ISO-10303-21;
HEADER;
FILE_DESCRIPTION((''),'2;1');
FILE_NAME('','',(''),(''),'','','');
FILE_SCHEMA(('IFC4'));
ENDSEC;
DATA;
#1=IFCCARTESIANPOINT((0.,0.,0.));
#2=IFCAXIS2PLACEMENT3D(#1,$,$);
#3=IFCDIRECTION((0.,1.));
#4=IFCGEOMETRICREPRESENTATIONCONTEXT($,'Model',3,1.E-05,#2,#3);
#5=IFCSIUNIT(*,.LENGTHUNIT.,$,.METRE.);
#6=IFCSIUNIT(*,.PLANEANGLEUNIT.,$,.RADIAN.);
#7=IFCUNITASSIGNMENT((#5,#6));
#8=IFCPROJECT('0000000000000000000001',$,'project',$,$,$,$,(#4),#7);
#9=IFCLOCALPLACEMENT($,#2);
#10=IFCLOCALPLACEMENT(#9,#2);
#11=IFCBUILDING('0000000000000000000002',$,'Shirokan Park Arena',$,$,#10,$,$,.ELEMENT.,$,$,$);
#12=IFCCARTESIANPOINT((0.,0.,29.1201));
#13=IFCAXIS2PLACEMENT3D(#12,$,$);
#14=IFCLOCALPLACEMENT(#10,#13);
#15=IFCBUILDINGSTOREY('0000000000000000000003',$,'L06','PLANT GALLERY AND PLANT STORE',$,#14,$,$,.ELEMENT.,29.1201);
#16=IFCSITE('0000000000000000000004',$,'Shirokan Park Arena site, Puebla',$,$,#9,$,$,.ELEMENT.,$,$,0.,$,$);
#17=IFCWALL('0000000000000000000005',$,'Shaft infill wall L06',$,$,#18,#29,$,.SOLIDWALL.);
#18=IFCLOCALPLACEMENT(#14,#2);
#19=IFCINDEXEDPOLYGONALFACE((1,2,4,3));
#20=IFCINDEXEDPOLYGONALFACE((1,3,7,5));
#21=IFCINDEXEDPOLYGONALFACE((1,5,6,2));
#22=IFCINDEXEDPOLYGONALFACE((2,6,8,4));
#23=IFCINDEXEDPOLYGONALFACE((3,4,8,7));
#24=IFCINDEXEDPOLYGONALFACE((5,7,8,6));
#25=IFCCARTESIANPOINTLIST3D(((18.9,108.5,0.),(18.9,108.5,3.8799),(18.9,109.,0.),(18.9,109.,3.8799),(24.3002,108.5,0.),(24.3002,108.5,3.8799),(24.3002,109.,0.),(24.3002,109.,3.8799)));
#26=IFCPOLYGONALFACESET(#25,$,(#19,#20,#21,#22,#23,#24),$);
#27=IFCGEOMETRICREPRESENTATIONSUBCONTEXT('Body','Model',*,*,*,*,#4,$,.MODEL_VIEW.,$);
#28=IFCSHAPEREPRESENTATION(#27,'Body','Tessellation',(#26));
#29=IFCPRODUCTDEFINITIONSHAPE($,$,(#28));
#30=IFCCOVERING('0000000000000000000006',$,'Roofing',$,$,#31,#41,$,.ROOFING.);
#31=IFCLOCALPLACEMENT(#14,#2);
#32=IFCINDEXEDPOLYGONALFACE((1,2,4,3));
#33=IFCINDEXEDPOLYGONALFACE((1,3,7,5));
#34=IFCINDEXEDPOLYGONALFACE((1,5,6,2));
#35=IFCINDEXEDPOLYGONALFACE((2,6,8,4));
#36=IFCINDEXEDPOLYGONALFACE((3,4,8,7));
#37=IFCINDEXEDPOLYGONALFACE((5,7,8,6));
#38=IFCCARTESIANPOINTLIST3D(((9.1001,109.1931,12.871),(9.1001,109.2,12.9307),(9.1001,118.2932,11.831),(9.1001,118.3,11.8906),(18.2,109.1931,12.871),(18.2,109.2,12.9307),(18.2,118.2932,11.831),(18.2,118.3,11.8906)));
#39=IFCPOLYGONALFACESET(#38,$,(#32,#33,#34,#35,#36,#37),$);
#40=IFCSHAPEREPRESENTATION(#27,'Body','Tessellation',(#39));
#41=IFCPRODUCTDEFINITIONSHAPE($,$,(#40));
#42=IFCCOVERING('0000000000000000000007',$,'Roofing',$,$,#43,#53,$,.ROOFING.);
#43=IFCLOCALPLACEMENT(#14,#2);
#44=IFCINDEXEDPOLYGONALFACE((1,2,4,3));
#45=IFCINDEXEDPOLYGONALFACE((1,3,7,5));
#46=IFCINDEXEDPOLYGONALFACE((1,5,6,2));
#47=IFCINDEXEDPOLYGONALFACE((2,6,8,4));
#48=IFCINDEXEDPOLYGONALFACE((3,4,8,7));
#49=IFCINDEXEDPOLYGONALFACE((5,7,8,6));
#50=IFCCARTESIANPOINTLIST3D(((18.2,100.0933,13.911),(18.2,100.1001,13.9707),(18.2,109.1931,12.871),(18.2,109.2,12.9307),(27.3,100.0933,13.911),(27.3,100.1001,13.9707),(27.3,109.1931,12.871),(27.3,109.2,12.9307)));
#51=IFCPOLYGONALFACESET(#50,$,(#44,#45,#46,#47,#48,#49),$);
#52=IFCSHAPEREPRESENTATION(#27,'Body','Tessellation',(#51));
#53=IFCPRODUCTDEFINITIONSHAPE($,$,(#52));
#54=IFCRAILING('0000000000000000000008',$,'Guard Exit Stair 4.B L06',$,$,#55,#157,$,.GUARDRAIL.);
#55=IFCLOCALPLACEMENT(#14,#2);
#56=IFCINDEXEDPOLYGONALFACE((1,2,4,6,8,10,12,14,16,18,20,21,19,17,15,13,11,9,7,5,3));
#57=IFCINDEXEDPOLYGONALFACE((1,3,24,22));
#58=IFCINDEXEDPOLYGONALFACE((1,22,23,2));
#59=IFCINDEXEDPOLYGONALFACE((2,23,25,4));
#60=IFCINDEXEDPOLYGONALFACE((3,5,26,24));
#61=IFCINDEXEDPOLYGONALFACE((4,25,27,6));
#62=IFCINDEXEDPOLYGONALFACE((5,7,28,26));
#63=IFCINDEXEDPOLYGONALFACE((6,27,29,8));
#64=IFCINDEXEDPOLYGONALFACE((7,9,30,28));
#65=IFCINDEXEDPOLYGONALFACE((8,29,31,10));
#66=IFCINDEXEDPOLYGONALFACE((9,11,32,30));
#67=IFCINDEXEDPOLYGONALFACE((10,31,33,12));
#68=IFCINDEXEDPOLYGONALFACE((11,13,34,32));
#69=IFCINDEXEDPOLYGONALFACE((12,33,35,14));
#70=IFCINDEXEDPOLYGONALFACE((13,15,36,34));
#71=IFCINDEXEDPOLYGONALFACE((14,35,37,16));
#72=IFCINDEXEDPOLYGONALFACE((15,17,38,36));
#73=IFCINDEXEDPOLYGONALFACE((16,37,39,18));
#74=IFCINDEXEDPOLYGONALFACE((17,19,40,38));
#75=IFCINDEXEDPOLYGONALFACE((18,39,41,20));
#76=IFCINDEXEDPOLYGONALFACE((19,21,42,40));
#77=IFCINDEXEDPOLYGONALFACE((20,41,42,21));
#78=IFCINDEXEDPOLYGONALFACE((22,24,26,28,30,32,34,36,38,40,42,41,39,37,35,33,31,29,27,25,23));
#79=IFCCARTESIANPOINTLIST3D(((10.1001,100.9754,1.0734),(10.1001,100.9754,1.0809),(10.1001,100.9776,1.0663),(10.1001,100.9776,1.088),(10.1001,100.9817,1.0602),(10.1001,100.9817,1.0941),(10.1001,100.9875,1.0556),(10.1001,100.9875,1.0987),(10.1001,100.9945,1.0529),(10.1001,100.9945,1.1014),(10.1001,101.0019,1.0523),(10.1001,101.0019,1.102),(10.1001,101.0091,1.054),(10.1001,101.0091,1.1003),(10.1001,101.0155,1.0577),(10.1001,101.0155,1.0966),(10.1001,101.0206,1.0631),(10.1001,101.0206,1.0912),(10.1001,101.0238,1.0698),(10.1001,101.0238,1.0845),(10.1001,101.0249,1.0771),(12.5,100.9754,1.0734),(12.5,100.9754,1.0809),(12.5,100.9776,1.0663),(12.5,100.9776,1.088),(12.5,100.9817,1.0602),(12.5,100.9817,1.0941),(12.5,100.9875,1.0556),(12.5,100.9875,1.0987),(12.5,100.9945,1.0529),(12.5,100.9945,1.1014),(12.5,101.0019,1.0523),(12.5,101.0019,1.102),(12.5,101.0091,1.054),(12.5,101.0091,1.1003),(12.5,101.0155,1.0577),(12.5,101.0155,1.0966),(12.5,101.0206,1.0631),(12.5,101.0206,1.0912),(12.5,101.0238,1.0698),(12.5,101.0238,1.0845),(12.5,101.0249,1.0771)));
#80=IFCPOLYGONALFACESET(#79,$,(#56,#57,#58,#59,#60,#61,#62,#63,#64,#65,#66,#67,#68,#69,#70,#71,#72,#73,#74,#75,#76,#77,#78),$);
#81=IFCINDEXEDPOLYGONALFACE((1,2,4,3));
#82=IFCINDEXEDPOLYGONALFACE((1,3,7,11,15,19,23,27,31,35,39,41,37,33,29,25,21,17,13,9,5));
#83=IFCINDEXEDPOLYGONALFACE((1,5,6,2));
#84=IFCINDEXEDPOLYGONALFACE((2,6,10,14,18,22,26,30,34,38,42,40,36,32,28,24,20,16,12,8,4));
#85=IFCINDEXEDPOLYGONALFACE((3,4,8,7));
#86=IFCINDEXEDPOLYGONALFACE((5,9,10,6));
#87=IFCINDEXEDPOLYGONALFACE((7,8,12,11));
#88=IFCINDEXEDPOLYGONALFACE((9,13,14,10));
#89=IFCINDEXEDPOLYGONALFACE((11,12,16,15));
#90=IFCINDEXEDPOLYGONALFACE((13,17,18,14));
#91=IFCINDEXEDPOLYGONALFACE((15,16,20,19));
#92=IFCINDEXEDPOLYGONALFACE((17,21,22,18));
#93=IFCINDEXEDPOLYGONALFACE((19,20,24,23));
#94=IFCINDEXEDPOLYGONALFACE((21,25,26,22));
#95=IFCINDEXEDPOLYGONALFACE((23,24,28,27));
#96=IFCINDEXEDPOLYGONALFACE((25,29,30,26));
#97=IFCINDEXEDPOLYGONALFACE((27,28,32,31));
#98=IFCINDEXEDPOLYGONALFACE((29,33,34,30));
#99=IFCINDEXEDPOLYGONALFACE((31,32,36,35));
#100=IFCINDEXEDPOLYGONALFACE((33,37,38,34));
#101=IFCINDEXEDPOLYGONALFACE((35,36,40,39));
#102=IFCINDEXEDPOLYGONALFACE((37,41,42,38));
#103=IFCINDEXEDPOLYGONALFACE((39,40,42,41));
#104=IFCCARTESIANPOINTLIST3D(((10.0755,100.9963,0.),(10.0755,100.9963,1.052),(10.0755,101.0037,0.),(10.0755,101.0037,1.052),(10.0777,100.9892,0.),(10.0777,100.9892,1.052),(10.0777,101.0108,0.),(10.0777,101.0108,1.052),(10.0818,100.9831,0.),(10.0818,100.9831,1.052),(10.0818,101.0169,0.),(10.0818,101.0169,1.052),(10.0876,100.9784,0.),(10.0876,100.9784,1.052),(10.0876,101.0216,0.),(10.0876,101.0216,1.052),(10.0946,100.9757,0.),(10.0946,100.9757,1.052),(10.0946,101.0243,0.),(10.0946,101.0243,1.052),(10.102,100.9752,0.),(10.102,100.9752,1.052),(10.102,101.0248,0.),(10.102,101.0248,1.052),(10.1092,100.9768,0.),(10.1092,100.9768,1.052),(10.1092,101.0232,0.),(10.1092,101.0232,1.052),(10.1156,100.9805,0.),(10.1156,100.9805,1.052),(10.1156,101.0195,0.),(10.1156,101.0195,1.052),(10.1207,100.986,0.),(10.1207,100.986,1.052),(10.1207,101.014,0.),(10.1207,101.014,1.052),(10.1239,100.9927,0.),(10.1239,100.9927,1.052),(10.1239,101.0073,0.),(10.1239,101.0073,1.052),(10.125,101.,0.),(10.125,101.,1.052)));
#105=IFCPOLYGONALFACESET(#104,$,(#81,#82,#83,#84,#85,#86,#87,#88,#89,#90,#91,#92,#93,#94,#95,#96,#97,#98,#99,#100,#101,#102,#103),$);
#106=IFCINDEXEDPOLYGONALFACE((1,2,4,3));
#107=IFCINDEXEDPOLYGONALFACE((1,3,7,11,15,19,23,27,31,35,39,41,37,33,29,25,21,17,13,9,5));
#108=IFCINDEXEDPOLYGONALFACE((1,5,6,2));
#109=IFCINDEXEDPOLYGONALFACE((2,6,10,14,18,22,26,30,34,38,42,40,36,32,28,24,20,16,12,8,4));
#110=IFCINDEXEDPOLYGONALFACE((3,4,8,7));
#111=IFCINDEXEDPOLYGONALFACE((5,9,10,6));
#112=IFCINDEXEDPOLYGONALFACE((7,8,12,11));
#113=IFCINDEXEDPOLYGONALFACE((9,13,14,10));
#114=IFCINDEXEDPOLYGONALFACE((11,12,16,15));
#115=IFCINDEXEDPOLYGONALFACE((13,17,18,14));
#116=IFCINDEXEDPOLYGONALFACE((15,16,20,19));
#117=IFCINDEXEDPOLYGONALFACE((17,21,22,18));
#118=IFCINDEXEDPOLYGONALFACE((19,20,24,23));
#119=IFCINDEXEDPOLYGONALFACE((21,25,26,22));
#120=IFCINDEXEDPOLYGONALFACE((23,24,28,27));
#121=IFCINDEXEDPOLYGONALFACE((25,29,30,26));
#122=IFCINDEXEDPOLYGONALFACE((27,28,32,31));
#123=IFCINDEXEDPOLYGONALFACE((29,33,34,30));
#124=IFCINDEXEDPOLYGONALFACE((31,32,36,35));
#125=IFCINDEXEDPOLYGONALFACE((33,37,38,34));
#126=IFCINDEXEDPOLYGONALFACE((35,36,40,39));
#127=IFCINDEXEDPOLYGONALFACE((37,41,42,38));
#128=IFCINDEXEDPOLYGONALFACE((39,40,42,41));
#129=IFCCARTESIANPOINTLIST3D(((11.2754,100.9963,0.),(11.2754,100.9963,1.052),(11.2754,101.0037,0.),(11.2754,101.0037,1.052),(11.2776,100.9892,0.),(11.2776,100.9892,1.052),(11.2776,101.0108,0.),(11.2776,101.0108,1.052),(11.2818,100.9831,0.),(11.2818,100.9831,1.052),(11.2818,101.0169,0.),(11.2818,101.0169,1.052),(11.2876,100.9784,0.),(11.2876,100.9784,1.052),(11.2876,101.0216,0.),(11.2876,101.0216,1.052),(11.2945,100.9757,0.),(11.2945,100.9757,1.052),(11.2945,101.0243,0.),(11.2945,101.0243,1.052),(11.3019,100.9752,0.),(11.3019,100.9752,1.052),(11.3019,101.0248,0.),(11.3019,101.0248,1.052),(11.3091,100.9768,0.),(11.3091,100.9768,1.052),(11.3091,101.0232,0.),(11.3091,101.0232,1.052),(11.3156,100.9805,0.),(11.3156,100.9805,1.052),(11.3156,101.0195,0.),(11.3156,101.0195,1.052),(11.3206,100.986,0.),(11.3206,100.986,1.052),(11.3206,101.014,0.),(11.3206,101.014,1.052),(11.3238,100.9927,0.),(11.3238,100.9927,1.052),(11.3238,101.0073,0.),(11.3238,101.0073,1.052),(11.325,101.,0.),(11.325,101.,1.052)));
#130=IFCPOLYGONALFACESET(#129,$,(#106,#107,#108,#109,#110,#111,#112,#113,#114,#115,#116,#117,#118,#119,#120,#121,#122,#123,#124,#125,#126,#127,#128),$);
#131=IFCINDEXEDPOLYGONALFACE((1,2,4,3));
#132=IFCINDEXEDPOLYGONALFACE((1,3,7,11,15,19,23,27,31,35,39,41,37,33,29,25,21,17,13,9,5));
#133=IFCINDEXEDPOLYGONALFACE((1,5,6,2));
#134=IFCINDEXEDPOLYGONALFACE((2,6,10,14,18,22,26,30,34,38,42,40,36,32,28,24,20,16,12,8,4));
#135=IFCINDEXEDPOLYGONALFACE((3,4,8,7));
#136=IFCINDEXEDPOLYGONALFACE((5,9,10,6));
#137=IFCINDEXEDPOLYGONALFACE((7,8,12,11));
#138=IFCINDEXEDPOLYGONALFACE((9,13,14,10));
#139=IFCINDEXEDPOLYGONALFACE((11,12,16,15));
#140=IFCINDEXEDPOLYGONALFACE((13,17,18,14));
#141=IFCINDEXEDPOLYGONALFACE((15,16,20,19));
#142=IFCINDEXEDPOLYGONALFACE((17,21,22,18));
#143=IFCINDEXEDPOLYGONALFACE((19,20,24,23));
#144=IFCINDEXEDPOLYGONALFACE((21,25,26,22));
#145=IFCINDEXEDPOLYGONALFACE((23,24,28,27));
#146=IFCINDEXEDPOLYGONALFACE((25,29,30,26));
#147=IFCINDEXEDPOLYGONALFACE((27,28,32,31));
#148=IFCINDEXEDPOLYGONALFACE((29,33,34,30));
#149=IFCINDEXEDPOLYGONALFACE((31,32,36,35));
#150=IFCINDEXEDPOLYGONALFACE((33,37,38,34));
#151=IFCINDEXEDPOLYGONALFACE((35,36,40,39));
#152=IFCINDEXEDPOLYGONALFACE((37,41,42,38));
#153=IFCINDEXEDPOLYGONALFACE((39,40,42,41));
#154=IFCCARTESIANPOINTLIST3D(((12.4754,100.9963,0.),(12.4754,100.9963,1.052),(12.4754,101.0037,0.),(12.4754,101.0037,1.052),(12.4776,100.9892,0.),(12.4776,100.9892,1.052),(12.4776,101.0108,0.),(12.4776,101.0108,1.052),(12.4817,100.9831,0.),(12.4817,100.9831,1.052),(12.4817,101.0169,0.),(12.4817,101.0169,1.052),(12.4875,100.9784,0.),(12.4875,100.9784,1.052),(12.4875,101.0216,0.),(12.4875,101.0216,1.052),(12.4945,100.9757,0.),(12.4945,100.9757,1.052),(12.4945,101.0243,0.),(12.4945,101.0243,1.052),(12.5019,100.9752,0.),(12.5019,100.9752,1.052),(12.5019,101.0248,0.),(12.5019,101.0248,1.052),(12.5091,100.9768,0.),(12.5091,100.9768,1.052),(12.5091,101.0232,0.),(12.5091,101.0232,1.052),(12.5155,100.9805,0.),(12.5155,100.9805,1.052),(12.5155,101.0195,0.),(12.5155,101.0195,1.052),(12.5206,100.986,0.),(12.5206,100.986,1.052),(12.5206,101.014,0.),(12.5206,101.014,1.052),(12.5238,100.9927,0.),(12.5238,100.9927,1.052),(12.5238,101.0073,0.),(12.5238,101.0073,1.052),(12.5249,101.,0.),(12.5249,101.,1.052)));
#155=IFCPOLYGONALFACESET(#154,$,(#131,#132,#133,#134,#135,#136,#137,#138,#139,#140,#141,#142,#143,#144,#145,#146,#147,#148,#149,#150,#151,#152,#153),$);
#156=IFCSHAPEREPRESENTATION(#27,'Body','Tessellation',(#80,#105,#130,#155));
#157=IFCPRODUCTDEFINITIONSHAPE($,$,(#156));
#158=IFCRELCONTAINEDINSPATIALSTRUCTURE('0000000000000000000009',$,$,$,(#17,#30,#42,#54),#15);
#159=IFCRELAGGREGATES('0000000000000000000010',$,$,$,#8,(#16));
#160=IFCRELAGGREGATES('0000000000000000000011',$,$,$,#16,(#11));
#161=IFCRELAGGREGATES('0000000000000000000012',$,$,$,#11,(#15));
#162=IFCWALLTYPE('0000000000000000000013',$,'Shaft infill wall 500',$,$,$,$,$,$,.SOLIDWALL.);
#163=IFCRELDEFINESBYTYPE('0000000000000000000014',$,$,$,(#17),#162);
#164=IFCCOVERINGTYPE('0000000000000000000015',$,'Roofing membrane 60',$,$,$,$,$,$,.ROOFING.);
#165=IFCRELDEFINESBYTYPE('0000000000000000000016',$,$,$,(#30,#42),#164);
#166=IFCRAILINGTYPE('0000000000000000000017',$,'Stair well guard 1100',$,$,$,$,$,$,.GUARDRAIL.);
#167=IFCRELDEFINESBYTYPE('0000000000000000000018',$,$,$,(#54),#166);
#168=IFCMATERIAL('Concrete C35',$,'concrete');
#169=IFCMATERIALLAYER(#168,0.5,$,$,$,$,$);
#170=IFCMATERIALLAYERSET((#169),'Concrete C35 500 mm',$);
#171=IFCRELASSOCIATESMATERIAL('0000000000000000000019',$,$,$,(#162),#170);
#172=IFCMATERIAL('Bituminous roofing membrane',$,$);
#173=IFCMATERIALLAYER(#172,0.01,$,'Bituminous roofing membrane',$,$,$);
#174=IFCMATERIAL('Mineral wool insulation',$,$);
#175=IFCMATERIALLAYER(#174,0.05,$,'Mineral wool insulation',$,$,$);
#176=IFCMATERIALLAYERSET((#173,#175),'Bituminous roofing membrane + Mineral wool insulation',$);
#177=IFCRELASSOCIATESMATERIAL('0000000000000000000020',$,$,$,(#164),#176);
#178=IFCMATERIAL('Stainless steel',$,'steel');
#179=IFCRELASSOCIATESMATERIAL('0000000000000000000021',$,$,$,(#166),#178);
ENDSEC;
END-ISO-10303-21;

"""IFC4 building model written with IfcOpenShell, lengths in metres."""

from ifc_helpers import new_model, si_unit, direction, frame, frame_2d, origin, origin_2d, place, context, subcontext, project, spatial, polyline, rectangle, circle, outline, extrude, material, layer, layer_set, type_object, element, save


model = new_model("IFC4")

# Units and contexts
model_context = context("Model", 3, precision=1e-05, world=origin(), true_north=direction((0.0, 1.0)))
body_context = subcontext(model_context, "Body", "Model", "MODEL_VIEW")
ifc_project = project(units=[si_unit("LENGTHUNIT", "METRE"), si_unit("PLANEANGLEUNIT", "RADIAN")], contexts=[model_context])

# Site, building, storey
site_placement = place(None, origin())
site = spatial("IfcSite", under=ifc_project, at=site_placement, Name="Shirokan Park Arena site, Puebla", CompositionType="ELEMENT", RefElevation=0.0)
building_placement = place(site_placement, origin())
building = spatial("IfcBuilding", under=site, at=building_placement, Name="Shirokan Park Arena", CompositionType="ELEMENT")
storey_placement = place(building_placement, frame((0.0, 0.0, 29.1201)))
storey = spatial("IfcBuildingStorey", under=building, at=storey_placement, Name="L06", Description="PLANT GALLERY AND PLANT STORE", CompositionType="ELEMENT", Elevation=29.1201)

# Shared definitions
ifc_material_1 = material(Name="Concrete C35", Category="concrete")

# Wall
ifc_material_2 = material(Name="Mineral wool insulation")
ifc_layer_1 = layer(ifc_material_1, 0.5)
ifc_layer_set_1 = layer_set([ifc_layer_1], Name="Concrete C35 500 mm")
wall_type_1 = type_object("IfcWallType", Name="Shaft infill wall 500", PredefinedType="SOLIDWALL", material=ifc_layer_set_1)
wall_1_placement = place(storey_placement, frame((18.8999, 108.75, 0.0), z_axis=(0.0, 0.0, 1.0), x_axis=(1.0, 0.0, 0.0)))
element("IfcWall", 1, at=wall_1_placement, inside=storey, type_object=wall_type_1, Name="Shaft infill wall L06", PredefinedType="SOLIDWALL", context=body_context, shape_type="SweptSolid", body=[
    extrude(rectangle(XDim=5.4001, YDim=0.5, at=frame_2d((2.7002, 0.0))), origin(), (0.0, 0.0, 1.0), 3.8799),
])

# Coverings
ifc_material_3 = material(Name="Bituminous roofing membrane")
ifc_layer_2 = layer(ifc_material_3, 0.01, Name="Bituminous roofing membrane")
ifc_layer_3 = layer(ifc_material_2, 0.05, Name="Mineral wool insulation")
ifc_layer_set_2 = layer_set([ifc_layer_2, ifc_layer_3], Name="Bituminous roofing membrane + Mineral wool insulation")
covering_type = type_object("IfcCoveringType", Name="Roofing membrane 60", PredefinedType="ROOFING", material=ifc_layer_set_2)
covering_1_placement = place(storey_placement, frame((9.1001, 109.2, 12.9307), z_axis=(0.0, 0.11355, 0.993532), x_axis=(1.0, 0.0, 0.0)))
element("IfcCovering", 2, at=covering_1_placement, inside=storey, type_object=covering_type, Name="Roofing", PredefinedType="ROOFING", context=body_context, shape_type="SweptSolid", body=[
    extrude(outline(polyline([(0.0, 0.0), (9.0999, 0.0), (9.0999, 9.1593), (0.0, 9.1593), (0.0, 0.0)])), origin(), (0.0, 0.0, -1.0), 0.0601),
])
covering_2_placement = place(storey_placement, frame((18.2, 100.1001, 13.9707), z_axis=(0.0, 0.113553, 0.993532), x_axis=(1.0, 0.0, 0.0)))
element("IfcCovering", 3, at=covering_2_placement, inside=storey, type_object=covering_type, Name="Roofing", PredefinedType="ROOFING", context=body_context, shape_type="SweptSolid", body=[
    extrude(outline(polyline([(0.0, 0.0), (9.1001, 0.0), (9.1001, 9.1591), (0.0, 9.1591), (0.0, 0.0)])), origin(), (0.0, 0.0, -1.0), 0.0601),
])

# Railing
ifc_material_4 = material(Name="Stainless steel", Category="steel")
railing_type = type_object("IfcRailingType", Name="Stair well guard 1100", PredefinedType="GUARDRAIL", material=ifc_material_4)
railing_1_placement = place(storey_placement, frame((10.1001, 101.0, 0.0)))
element("IfcRailing", 4, at=railing_1_placement, inside=storey, type_object=railing_type, Name="Guard Exit Stair 4.B L06", PredefinedType="GUARDRAIL", context=body_context, shape_type="SweptSolid", body=[
    extrude(circle(Radius=0.0249, at=origin_2d()), frame((0.0, 0.0, 1.0771), z_axis=(1.0, 0.0, 0.0), x_axis=(0.0, 1.0, 0.0)), (0.0, 0.0, 1.0), 2.3999),
    extrude(circle(Radius=0.0249, at=origin_2d()), origin(), (0.0, 0.0, 1.0), 1.052),
    extrude(circle(Radius=0.0249, at=origin_2d()), frame((1.2, 0.0, 0.0)), (0.0, 0.0, 1.0), 1.052),
    extrude(circle(Radius=0.0249, at=origin_2d()), frame((2.3999, 0.0, 0.0)), (0.0, 0.0, 1.0), 1.052),
])

save(model, "model.ifc")
